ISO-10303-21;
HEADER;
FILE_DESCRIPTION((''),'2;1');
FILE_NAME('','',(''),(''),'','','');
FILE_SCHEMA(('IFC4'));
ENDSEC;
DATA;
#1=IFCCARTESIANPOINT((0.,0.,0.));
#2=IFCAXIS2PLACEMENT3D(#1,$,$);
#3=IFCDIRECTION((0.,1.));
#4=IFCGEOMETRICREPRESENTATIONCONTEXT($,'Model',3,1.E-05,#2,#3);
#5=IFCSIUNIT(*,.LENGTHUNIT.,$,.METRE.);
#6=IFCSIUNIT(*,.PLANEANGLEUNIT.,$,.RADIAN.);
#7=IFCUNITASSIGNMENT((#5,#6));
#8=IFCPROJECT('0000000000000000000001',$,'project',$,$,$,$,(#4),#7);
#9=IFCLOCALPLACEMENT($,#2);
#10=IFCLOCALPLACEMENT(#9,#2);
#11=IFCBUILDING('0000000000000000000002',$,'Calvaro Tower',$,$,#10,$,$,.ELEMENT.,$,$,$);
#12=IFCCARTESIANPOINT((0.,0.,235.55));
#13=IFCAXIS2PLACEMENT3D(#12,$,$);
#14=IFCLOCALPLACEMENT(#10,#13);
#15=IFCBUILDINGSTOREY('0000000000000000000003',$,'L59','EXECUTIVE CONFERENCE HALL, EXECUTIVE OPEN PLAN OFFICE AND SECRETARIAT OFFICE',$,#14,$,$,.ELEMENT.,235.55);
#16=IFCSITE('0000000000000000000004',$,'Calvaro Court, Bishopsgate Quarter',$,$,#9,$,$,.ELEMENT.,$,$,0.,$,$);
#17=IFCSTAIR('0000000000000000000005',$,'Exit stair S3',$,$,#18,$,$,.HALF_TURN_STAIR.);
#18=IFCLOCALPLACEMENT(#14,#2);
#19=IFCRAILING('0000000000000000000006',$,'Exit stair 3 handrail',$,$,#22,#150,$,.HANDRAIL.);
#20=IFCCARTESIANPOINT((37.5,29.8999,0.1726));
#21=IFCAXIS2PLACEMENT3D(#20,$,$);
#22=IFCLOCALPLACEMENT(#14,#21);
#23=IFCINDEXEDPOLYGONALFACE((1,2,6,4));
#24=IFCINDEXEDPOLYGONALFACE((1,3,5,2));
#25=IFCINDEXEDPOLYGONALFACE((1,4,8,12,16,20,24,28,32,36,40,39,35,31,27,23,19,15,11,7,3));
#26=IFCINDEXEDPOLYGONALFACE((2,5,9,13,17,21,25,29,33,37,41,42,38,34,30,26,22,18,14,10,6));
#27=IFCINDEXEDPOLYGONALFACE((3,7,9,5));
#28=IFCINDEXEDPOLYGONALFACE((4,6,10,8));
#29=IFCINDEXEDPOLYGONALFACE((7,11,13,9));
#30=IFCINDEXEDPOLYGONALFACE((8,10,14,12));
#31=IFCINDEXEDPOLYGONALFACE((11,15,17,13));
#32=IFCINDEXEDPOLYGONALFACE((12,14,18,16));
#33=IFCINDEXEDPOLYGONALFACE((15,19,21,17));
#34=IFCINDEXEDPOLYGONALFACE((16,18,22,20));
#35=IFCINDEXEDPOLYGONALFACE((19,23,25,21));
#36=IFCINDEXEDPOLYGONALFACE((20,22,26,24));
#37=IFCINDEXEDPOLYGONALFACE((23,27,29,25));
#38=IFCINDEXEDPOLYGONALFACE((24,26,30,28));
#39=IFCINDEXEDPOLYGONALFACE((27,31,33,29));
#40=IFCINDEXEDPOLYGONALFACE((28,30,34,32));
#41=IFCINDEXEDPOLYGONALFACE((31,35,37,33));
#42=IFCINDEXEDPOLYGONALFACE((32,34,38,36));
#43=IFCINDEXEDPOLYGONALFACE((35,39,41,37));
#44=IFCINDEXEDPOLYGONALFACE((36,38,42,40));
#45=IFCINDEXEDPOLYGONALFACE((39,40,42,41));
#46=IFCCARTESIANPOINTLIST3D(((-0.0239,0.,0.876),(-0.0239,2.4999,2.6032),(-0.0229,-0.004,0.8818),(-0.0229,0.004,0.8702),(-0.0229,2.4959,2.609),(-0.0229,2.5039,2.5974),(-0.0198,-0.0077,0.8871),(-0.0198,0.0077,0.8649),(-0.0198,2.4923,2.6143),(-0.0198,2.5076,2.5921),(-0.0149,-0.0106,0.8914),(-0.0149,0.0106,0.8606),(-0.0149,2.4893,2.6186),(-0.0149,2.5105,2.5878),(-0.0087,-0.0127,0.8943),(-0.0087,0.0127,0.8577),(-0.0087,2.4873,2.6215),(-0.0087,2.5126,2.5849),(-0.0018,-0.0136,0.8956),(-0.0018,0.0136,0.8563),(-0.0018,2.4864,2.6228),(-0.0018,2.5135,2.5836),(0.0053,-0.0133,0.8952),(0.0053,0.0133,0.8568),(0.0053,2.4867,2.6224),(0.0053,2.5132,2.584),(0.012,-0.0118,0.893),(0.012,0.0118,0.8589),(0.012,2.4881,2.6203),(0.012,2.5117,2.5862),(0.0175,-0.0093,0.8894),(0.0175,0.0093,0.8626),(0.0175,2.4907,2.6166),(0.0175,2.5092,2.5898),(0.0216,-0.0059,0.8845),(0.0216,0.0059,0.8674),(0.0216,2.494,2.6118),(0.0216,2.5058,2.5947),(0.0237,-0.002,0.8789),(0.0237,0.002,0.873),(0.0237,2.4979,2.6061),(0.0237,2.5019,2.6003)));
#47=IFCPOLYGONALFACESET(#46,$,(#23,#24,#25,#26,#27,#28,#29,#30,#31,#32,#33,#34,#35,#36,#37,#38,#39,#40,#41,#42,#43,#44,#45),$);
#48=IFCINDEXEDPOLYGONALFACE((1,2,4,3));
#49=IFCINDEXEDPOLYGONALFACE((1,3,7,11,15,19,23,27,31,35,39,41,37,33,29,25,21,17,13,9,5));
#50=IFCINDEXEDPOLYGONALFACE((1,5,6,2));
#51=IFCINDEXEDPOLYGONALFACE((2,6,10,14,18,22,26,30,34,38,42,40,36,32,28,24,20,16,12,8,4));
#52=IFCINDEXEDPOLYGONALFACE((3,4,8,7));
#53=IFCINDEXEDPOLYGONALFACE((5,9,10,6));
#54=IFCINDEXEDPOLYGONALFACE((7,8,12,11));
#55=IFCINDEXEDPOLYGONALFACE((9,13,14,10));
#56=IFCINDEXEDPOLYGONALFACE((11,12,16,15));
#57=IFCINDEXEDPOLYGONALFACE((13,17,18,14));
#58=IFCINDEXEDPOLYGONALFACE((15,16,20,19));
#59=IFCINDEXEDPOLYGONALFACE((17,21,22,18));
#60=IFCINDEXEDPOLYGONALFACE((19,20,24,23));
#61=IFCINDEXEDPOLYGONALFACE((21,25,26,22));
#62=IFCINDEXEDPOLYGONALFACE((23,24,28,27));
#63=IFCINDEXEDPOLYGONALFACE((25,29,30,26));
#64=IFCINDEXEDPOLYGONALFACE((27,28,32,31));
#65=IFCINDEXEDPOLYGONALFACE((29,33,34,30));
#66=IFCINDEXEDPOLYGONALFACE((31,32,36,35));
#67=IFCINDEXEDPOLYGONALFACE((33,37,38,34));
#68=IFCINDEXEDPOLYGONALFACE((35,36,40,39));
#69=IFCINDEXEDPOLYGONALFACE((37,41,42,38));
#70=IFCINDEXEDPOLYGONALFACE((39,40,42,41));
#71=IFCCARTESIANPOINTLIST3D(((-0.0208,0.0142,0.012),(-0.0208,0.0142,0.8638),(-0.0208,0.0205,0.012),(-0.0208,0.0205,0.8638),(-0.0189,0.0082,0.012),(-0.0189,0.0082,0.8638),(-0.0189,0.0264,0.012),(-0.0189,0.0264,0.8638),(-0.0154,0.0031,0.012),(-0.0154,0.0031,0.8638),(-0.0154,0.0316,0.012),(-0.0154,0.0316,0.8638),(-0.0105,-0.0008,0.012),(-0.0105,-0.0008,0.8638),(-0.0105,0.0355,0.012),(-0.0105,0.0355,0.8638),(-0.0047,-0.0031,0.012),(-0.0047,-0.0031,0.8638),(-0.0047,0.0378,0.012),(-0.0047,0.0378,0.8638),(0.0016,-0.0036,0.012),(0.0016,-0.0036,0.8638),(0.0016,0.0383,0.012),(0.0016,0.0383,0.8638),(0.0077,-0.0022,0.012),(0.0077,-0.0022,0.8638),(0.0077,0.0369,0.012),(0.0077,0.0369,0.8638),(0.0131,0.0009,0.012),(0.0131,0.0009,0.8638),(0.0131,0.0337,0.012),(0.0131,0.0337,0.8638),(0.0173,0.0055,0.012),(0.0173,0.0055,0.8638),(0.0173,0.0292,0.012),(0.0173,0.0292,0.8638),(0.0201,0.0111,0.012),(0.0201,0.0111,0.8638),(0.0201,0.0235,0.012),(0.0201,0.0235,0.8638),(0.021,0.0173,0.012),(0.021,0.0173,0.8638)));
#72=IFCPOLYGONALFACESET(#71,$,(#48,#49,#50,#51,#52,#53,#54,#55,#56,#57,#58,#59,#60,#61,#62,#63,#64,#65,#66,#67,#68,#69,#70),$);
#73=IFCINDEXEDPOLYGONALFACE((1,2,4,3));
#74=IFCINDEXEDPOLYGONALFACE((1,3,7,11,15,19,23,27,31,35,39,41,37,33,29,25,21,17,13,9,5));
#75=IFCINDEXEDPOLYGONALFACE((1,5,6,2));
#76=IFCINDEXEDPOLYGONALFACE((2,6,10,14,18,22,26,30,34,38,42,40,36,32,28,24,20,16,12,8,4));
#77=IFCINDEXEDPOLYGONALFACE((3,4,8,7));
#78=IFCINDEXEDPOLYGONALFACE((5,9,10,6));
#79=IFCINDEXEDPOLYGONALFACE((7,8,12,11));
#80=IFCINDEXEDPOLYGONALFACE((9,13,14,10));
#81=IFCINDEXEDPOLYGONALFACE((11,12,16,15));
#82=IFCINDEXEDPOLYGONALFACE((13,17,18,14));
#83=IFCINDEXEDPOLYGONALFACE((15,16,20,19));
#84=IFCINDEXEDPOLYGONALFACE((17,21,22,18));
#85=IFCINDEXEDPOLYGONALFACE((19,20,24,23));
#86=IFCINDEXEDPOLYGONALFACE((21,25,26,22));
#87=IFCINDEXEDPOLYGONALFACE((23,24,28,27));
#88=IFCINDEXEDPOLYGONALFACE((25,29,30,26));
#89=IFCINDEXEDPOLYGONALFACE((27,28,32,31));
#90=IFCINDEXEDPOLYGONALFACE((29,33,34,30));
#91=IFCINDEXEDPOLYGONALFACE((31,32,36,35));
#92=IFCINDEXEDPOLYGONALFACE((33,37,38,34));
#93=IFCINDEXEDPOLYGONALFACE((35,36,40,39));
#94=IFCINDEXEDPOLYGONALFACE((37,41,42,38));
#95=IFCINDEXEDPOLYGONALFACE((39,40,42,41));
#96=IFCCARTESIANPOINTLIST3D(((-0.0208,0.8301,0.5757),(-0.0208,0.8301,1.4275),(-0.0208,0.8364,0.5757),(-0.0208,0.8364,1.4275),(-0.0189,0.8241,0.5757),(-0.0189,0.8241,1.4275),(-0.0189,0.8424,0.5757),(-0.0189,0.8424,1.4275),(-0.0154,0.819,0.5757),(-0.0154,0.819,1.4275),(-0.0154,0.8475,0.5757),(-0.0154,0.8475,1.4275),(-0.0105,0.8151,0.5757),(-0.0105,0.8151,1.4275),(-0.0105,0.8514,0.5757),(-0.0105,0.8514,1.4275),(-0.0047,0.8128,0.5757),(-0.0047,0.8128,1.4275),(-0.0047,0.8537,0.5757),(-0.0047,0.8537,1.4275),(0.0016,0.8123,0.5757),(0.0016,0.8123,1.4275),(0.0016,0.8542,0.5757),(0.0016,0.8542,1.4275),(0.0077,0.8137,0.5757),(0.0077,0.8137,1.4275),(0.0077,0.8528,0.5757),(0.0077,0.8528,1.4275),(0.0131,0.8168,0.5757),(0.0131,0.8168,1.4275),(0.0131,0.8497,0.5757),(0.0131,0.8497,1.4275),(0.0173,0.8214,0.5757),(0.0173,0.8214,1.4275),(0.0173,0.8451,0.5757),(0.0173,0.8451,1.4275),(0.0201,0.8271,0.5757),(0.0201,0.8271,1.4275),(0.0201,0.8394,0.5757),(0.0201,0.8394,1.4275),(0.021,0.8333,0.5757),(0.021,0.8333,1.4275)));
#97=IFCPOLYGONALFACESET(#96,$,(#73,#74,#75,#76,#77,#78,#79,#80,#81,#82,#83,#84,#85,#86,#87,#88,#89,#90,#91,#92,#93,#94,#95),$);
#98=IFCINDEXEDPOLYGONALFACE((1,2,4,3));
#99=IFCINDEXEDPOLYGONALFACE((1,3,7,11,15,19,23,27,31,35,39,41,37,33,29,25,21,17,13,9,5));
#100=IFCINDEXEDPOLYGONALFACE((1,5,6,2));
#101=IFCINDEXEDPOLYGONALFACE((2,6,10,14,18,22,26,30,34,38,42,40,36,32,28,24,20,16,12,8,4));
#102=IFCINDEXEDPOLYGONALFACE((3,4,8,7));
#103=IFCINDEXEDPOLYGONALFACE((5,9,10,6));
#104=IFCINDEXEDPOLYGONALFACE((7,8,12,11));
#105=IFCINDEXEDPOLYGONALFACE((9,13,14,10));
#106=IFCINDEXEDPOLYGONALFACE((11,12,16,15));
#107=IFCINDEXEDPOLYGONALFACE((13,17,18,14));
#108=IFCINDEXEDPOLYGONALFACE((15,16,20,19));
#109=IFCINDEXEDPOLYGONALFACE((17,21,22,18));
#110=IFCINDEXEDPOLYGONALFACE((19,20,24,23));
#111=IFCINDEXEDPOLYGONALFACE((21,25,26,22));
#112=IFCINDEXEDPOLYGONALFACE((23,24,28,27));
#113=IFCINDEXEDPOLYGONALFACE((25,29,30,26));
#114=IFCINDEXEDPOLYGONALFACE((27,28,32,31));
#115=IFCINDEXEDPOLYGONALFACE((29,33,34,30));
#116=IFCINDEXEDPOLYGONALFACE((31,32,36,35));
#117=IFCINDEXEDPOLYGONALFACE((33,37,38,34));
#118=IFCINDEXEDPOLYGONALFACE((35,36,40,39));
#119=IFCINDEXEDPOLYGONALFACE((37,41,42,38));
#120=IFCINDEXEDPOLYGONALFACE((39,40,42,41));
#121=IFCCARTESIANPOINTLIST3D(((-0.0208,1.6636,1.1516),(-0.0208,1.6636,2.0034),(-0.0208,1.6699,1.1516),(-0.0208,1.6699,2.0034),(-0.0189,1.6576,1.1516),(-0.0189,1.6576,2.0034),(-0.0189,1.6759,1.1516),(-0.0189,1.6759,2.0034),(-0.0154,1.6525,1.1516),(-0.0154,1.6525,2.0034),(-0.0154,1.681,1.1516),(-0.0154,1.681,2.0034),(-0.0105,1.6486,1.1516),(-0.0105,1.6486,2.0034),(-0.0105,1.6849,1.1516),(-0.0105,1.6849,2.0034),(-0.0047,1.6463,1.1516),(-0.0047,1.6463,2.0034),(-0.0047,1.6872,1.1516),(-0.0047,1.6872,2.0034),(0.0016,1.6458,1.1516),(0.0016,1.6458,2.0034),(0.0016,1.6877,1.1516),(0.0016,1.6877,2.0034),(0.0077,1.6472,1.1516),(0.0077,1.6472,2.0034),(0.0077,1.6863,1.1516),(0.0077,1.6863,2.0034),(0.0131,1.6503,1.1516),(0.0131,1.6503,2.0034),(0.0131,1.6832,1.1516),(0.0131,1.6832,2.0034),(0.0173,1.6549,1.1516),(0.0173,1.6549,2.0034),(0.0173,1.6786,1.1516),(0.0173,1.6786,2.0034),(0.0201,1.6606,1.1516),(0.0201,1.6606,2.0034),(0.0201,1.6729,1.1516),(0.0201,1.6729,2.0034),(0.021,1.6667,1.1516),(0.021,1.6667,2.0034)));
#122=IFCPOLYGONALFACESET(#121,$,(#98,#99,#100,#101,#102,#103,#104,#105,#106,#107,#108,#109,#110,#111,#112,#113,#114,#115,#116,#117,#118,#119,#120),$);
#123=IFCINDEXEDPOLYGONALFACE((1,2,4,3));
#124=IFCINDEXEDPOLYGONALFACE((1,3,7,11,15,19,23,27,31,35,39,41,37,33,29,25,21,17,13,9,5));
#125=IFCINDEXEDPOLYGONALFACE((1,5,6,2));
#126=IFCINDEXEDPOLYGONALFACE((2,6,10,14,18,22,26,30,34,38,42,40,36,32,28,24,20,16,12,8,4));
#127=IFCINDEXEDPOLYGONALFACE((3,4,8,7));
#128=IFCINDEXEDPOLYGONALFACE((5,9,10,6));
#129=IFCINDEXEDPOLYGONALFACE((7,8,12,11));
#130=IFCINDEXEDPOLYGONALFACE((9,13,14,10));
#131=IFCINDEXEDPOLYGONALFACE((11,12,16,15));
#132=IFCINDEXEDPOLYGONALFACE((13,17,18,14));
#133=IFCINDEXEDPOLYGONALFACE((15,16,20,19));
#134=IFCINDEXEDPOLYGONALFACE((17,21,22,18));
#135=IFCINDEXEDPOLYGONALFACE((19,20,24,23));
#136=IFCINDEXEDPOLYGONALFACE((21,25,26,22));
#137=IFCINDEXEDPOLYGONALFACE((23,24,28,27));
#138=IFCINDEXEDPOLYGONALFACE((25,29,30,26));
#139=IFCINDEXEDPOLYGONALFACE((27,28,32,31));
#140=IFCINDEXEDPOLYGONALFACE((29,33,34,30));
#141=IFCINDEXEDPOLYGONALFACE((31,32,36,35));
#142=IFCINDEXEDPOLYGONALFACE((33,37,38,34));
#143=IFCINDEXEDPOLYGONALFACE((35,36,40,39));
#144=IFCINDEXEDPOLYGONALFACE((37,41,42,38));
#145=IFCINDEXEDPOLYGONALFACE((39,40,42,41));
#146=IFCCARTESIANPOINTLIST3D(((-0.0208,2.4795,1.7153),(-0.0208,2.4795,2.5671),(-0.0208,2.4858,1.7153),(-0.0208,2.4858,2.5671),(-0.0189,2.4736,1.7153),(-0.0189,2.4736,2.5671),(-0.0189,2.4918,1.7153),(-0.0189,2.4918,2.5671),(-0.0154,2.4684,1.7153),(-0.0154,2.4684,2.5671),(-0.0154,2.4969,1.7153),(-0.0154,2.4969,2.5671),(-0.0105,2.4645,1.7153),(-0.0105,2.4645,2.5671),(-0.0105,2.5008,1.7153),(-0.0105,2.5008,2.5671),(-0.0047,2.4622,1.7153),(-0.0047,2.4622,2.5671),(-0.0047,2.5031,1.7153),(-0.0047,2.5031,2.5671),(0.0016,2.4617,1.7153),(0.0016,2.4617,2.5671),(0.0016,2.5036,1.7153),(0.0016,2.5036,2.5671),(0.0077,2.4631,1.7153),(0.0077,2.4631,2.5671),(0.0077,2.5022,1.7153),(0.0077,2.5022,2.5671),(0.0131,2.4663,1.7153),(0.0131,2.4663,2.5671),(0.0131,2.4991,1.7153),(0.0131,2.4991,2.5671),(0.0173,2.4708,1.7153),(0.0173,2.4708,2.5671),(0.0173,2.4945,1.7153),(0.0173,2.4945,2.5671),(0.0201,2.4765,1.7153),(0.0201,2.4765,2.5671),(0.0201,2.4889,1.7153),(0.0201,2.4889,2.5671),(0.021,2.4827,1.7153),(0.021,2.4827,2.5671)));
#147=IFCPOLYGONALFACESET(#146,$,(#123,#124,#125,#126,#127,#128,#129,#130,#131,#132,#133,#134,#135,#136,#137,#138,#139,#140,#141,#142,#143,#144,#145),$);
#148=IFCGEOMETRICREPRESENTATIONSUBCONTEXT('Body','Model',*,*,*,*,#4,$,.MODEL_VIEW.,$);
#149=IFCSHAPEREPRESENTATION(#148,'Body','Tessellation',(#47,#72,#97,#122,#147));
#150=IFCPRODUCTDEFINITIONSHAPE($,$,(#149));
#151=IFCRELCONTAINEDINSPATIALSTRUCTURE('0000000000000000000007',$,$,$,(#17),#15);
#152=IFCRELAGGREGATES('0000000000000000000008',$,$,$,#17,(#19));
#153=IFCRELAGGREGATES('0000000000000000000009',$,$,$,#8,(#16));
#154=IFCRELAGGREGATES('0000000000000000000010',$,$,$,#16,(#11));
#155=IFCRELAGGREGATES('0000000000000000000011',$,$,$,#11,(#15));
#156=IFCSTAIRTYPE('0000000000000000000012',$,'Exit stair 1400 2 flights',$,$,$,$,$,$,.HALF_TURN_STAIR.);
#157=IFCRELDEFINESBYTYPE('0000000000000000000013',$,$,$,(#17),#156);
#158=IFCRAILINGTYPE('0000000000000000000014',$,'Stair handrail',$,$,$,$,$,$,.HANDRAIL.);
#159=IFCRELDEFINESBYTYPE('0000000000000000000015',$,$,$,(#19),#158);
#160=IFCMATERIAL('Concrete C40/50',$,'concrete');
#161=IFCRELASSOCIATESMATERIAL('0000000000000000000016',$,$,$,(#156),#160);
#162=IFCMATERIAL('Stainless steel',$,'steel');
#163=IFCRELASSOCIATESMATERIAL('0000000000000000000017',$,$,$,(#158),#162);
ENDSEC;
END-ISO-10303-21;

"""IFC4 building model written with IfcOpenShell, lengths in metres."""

from ifc_helpers import new_model, si_unit, direction, frame, origin, origin_2d, place, context, subcontext, project, spatial, circle, extrude, material, type_object, element, aggregate, save


model = new_model("IFC4")

# Units and contexts
model_context = context("Model", 3, precision=1e-05, world=origin(), true_north=direction((0.0, 1.0)))
body_context = subcontext(model_context, "Body", "Model", "MODEL_VIEW")
ifc_project = project(units=[si_unit("LENGTHUNIT", "METRE"), si_unit("PLANEANGLEUNIT", "RADIAN")], contexts=[model_context])

# Site, building, storey
site_placement = place(None, origin())
site = spatial("IfcSite", under=ifc_project, at=site_placement, Name="Calvaro Court, Bishopsgate Quarter", CompositionType="ELEMENT", RefElevation=0.0)
building_placement = place(site_placement, origin())
building = spatial("IfcBuilding", under=site, at=building_placement, Name="Calvaro Tower", CompositionType="ELEMENT")
storey_placement = place(building_placement, frame((0.0, 0.0, 235.55)))
storey = spatial("IfcBuildingStorey", under=building, at=storey_placement, Name="L59", Description="EXECUTIVE CONFERENCE HALL, EXECUTIVE OPEN PLAN OFFICE AND SECRETARIAT OFFICE", CompositionType="ELEMENT", Elevation=235.55)

# Stair
ifc_material_1 = material(Name="Concrete C40/50", Category="concrete")
stair_type = type_object("IfcStairType", Name="Exit stair 1400 2 flights", PredefinedType="HALF_TURN_STAIR", material=ifc_material_1)
stair_1_placement = place(storey_placement, origin())
stair_1 = element("IfcStair", 1, at=stair_1_placement, inside=storey, type_object=stair_type, Name="Exit stair S3", PredefinedType="HALF_TURN_STAIR")

# Railing
ifc_material_2 = material(Name="Stainless steel", Category="steel")
railing_type = type_object("IfcRailingType", Name="Stair handrail", PredefinedType="HANDRAIL", material=ifc_material_2)
railing_1_placement = place(storey_placement, frame((37.5, 29.8999, 0.1726)))
railing_1 = element("IfcRailing", 2, at=railing_1_placement, type_object=railing_type, Name="Exit stair 3 handrail", PredefinedType="HANDRAIL", context=body_context, shape_type="SweptSolid", body=[
    extrude(circle(Radius=0.0239, at=origin_2d()), frame((0.0, 0.0, 0.876), z_axis=(0.0, 0.822727, 0.568437), x_axis=(-1.0, 0.0, 0.0)), (0.0, 0.0, 1.0), 3.0386),
    extrude(circle(Radius=0.021, at=origin_2d()), frame((0.0, 0.0173, 0.012)), (0.0, 0.0, 1.0), 0.8518),
    extrude(circle(Radius=0.021, at=origin_2d()), frame((0.0, 0.8333, 0.5757)), (0.0, 0.0, 1.0), 0.8518),
    extrude(circle(Radius=0.021, at=origin_2d()), frame((0.0, 1.6667, 1.1516)), (0.0, 0.0, 1.0), 0.8518),
    extrude(circle(Radius=0.021, at=origin_2d()), frame((0.0, 2.4827, 1.7153)), (0.0, 0.0, 1.0), 0.8518),
])
aggregate(stair_1, [railing_1])

save(model, "model.ifc")
